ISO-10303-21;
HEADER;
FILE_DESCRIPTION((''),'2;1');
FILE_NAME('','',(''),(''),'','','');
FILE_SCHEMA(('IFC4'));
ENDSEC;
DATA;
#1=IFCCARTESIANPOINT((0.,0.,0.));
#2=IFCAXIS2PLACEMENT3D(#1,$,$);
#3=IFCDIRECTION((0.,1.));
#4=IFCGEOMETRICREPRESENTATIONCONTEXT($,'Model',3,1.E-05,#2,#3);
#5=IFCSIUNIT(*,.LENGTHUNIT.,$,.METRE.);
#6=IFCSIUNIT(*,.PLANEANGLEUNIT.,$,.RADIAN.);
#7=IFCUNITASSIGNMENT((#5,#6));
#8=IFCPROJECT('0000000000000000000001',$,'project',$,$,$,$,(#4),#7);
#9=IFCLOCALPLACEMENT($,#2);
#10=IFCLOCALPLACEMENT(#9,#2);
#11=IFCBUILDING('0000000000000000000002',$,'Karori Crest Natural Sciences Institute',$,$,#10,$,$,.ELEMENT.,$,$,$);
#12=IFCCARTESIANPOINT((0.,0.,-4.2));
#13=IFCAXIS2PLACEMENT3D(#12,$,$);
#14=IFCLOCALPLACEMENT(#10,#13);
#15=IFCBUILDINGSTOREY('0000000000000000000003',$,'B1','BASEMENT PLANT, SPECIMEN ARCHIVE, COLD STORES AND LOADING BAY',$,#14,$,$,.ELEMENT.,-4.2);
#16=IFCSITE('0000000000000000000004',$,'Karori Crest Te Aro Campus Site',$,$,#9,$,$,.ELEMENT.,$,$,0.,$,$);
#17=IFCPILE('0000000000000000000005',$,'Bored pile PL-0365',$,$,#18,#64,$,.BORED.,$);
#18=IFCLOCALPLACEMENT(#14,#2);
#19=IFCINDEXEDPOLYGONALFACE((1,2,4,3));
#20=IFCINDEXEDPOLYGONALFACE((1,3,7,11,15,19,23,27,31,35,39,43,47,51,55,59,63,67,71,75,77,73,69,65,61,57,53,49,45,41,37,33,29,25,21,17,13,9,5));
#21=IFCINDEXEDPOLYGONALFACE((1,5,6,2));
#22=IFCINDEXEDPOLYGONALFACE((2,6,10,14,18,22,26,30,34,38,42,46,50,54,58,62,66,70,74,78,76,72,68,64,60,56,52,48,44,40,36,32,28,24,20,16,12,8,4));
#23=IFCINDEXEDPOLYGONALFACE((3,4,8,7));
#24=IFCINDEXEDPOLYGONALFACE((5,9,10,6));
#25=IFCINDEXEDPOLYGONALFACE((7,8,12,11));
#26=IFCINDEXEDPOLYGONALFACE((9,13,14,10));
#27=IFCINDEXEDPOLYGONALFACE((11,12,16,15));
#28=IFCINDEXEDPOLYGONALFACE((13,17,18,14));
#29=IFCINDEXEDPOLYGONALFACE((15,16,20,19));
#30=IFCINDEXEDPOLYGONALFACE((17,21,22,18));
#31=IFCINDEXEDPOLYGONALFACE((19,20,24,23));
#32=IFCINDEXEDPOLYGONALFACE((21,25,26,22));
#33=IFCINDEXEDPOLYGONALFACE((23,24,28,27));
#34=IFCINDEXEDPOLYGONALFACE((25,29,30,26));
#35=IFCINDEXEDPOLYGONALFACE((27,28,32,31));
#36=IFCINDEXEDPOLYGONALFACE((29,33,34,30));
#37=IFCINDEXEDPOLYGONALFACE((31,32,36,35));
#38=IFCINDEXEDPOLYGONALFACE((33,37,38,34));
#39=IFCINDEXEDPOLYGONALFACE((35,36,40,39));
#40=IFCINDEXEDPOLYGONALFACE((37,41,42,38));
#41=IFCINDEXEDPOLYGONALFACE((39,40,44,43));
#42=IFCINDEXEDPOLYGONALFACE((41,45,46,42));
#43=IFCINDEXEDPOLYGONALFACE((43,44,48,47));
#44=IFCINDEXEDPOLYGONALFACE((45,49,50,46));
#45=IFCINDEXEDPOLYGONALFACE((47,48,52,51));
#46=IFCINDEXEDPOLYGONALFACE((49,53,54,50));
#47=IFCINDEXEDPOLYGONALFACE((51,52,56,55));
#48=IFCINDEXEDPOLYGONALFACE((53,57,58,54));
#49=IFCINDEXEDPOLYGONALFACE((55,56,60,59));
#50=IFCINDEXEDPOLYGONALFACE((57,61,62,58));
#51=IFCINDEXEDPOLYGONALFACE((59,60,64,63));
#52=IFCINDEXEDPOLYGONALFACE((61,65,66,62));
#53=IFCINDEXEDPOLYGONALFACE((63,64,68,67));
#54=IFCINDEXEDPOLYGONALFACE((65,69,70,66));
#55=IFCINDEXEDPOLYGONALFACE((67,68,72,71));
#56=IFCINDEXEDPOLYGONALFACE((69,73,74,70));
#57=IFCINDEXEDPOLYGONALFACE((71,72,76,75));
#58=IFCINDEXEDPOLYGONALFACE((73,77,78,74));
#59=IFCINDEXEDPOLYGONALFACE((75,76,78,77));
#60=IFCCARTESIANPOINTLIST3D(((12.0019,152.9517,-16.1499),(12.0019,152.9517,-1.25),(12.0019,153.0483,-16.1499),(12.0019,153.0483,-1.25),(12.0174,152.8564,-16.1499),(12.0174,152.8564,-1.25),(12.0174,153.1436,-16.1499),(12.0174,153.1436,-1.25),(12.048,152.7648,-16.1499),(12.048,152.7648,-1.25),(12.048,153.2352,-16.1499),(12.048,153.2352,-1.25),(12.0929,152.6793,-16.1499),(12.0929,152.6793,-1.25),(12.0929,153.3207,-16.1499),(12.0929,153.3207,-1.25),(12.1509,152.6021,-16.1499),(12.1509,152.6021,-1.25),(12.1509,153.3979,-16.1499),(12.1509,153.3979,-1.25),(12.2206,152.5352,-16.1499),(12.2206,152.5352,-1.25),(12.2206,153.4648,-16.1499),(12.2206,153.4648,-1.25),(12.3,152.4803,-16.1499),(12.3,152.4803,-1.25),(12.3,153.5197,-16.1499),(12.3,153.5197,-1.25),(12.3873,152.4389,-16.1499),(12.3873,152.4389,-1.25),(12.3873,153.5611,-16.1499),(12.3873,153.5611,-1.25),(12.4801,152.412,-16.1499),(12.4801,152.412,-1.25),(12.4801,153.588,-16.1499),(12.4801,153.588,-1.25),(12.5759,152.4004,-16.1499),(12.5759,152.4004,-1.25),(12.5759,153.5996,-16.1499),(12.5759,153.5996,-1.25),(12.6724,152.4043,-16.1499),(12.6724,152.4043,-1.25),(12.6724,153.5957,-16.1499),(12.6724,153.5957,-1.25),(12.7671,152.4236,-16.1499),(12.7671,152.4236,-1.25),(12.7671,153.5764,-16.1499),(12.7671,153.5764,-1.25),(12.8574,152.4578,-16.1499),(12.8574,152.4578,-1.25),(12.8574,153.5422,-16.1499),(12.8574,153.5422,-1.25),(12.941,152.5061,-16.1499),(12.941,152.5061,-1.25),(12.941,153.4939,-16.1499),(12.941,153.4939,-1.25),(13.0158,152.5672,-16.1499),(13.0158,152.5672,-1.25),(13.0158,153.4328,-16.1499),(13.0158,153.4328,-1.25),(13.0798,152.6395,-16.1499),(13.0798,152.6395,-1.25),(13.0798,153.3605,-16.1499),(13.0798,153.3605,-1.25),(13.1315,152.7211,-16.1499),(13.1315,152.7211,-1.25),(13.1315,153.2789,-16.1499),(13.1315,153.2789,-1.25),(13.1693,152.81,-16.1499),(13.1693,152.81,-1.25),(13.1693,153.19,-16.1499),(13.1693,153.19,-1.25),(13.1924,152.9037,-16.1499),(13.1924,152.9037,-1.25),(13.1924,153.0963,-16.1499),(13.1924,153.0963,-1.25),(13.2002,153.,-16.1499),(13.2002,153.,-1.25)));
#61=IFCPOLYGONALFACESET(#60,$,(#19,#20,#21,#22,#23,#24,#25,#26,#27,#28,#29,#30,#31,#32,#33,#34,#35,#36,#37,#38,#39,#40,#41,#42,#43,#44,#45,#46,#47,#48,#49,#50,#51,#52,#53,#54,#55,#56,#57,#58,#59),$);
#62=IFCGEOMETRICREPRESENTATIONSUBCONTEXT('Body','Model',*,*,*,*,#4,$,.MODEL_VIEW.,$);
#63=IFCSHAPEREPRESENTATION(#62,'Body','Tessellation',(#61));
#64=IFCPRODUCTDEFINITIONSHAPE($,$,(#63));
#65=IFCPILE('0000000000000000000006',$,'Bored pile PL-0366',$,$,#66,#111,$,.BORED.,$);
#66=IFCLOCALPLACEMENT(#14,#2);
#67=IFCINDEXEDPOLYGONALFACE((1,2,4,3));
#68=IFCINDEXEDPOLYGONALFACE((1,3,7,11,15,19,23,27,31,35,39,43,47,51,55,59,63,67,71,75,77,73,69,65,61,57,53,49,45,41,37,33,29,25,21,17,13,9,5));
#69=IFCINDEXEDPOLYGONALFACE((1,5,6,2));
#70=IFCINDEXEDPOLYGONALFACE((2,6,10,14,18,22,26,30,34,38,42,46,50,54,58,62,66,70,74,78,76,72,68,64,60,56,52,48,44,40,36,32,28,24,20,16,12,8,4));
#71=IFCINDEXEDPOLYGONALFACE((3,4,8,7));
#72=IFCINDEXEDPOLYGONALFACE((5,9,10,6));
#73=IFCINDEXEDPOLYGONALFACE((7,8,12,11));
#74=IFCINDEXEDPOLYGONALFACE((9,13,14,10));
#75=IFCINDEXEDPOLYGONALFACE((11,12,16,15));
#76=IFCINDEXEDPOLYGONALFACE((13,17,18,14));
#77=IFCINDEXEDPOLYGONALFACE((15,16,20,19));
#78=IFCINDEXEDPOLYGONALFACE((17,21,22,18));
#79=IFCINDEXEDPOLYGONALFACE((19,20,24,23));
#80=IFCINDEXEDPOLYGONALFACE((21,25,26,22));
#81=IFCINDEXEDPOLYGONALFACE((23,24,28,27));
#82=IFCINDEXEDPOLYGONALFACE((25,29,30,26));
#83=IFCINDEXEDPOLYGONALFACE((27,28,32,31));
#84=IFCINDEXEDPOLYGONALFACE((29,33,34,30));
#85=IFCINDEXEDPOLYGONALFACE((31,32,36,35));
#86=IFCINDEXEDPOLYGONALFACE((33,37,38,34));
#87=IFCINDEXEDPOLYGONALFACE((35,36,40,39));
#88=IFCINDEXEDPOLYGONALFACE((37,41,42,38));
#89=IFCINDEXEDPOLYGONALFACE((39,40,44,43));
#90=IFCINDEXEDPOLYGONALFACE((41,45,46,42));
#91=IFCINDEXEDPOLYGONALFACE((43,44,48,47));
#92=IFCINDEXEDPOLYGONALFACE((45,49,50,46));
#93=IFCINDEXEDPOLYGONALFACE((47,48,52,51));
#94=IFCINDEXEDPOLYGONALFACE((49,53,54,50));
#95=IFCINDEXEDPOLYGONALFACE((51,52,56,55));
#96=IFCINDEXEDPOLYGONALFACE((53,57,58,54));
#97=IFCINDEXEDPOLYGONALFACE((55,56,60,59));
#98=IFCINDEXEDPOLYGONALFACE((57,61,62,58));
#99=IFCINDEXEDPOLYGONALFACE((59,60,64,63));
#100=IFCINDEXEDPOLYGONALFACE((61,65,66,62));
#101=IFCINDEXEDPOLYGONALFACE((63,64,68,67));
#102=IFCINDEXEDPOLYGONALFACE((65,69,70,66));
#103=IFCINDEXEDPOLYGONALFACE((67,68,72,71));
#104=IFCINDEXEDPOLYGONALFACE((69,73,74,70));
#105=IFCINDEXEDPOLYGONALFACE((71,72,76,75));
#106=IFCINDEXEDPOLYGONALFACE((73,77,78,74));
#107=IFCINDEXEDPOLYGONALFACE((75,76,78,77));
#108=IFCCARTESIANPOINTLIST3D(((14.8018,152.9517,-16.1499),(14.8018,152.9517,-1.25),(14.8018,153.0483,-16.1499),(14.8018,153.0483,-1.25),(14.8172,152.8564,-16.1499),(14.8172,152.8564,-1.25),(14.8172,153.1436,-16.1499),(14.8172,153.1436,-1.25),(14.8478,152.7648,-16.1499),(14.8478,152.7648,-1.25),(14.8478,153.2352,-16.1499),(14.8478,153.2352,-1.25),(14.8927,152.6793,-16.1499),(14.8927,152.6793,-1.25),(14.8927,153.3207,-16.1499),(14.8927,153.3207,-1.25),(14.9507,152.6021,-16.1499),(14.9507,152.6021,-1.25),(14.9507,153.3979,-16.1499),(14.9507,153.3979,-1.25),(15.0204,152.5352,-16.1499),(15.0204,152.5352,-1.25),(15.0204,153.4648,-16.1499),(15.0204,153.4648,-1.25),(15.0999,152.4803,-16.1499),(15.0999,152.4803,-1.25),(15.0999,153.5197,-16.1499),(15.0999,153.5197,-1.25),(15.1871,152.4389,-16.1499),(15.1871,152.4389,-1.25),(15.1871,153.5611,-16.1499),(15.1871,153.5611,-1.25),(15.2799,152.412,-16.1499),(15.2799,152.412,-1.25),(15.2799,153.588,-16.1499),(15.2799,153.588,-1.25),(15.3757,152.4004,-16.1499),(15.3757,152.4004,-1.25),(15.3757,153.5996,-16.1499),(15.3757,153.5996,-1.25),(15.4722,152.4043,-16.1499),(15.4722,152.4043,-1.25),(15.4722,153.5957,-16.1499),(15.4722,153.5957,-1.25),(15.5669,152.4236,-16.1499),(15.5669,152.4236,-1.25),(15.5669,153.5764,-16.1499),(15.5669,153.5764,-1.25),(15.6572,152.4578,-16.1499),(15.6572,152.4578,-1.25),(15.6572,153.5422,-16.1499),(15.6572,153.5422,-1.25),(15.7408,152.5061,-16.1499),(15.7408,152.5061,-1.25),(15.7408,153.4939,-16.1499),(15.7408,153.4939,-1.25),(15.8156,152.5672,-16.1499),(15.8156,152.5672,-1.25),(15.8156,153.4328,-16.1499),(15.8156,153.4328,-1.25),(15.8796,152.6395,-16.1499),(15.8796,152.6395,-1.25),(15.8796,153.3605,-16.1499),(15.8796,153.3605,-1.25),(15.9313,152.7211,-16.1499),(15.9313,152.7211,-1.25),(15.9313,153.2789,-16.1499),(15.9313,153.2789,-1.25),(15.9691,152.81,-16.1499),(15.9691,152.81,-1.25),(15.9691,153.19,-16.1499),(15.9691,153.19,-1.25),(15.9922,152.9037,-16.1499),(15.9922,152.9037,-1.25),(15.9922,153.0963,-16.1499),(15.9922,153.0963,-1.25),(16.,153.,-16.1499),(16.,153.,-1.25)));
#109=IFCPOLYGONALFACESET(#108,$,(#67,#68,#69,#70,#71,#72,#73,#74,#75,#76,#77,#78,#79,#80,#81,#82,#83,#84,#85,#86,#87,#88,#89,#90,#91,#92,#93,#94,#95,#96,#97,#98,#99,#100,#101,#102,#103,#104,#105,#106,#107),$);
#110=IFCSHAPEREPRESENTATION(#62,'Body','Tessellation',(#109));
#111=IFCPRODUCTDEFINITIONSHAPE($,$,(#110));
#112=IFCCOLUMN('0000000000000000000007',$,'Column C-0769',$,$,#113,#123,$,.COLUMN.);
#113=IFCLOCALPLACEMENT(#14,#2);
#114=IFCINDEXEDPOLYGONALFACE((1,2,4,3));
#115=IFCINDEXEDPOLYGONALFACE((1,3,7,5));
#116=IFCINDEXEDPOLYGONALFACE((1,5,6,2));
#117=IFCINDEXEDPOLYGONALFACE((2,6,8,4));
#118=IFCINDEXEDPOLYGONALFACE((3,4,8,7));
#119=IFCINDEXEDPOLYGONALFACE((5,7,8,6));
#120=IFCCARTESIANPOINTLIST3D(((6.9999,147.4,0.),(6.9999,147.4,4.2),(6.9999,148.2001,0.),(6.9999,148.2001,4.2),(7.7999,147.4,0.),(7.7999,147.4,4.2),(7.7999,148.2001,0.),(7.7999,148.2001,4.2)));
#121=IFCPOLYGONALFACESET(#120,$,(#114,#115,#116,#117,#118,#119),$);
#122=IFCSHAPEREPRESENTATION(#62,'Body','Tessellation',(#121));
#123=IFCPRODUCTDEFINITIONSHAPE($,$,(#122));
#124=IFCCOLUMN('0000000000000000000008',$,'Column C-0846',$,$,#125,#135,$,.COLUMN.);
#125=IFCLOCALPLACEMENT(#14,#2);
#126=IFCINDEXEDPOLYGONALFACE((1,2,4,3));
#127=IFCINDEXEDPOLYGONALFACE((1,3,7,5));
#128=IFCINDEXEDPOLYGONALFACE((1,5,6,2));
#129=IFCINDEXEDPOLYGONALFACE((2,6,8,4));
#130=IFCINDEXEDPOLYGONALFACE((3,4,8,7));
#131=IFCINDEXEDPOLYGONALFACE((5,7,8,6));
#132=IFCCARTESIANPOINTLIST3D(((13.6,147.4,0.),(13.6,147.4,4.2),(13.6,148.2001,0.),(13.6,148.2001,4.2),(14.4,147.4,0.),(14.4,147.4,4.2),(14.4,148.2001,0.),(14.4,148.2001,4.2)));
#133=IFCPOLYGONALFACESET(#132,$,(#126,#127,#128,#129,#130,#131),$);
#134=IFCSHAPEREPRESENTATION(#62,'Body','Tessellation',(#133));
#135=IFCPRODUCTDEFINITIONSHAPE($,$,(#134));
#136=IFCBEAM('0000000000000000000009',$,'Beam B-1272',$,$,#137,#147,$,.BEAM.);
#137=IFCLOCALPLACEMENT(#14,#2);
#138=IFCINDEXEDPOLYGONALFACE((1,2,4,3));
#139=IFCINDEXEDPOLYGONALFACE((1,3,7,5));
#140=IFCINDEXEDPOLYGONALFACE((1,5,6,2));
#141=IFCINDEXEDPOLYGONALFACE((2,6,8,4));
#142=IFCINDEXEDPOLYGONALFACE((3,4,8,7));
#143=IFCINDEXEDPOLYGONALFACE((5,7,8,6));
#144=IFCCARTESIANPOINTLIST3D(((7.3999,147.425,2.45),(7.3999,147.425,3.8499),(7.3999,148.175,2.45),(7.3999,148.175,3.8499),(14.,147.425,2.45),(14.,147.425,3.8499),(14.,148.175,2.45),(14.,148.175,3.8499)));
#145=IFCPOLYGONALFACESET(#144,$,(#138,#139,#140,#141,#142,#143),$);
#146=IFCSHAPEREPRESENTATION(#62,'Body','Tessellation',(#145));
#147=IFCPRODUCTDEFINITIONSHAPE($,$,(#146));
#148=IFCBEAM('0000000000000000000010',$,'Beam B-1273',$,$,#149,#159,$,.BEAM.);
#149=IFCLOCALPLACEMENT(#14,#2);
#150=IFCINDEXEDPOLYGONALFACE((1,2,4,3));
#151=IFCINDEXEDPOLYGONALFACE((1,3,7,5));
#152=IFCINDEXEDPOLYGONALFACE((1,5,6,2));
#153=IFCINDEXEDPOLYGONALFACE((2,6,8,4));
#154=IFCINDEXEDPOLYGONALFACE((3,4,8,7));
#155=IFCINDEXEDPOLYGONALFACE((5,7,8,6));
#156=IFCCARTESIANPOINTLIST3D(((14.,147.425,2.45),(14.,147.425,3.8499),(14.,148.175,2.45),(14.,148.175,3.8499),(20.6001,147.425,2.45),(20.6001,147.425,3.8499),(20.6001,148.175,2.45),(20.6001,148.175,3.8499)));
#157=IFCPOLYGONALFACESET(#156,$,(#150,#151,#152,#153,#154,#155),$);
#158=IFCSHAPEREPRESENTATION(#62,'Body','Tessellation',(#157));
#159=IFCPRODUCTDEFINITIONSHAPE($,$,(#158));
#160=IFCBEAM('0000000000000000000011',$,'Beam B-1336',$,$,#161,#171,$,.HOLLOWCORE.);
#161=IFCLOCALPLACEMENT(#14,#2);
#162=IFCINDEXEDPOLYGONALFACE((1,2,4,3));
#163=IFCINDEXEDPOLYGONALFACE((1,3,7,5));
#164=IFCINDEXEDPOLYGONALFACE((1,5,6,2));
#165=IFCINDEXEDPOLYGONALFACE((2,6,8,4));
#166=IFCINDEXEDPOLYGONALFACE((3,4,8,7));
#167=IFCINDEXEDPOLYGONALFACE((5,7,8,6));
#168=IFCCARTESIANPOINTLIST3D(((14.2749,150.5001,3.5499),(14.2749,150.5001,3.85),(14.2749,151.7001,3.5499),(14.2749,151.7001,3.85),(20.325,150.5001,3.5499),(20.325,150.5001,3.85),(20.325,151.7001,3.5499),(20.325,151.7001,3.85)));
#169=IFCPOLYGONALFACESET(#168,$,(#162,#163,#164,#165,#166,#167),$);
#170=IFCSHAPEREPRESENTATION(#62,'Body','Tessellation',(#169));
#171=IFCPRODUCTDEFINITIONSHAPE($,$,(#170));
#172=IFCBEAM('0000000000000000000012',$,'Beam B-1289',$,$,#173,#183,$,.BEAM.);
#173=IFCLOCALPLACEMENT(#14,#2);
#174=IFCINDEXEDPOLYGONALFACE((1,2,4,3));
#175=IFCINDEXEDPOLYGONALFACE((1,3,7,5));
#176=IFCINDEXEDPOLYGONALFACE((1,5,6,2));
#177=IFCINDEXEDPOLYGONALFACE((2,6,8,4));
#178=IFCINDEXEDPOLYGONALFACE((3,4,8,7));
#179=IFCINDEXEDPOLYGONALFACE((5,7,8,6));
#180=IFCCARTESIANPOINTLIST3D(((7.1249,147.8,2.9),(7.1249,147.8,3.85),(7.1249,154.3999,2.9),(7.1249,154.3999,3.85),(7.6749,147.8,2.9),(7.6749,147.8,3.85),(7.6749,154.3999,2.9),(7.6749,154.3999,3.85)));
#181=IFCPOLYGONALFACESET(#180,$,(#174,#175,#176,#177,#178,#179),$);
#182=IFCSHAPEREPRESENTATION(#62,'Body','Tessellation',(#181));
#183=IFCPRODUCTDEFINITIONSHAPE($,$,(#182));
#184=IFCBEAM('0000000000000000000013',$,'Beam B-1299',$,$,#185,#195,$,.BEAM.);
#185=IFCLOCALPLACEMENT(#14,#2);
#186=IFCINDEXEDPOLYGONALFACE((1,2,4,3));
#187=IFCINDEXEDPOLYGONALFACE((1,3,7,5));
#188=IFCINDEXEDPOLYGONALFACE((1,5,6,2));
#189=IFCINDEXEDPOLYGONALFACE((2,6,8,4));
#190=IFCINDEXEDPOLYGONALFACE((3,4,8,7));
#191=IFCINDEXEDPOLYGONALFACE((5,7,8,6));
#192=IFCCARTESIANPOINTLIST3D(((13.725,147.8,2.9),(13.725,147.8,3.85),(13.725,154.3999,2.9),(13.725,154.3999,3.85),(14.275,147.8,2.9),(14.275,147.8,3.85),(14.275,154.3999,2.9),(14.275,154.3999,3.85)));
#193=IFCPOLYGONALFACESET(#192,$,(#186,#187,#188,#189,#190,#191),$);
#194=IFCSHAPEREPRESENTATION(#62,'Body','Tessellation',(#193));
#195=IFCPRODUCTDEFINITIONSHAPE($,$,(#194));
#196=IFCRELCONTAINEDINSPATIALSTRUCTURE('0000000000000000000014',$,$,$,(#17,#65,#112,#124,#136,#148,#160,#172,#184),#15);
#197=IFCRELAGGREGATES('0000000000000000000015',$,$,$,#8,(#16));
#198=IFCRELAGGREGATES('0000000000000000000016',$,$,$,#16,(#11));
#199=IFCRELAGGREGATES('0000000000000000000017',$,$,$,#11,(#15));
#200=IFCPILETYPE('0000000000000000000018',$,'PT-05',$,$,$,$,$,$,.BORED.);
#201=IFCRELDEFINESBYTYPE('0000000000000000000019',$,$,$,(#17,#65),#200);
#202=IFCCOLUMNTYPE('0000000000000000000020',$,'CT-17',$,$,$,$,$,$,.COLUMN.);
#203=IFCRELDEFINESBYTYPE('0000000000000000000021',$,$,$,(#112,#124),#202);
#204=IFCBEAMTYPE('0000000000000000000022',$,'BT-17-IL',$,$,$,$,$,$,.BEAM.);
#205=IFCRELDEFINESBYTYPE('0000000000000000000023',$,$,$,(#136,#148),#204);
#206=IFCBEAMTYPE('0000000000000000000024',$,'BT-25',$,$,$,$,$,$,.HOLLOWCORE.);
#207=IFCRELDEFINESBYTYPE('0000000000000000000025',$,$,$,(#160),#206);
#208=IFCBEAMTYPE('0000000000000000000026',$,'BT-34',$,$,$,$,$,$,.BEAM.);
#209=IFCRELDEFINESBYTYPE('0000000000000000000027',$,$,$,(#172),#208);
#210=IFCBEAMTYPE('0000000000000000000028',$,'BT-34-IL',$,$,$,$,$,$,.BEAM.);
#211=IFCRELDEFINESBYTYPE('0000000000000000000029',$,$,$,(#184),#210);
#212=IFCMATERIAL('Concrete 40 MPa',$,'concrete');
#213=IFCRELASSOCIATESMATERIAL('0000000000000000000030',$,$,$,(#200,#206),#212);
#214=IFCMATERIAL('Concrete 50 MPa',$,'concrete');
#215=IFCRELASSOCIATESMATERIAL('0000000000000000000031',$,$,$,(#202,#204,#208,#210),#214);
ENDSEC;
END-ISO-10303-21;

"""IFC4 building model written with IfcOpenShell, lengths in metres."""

from ifc_helpers import new_model, si_unit, direction, frame, origin, origin_2d, place, context, subcontext, project, spatial, rectangle, circle, extrude, material, material_profile, profile_set, type_object, element, save


model = new_model("IFC4")

# Units and contexts
model_context = context("Model", 3, precision=1e-05, world=origin(), true_north=direction((0.0, 1.0)))
body_context = subcontext(model_context, "Body", "Model", "MODEL_VIEW")
ifc_project = project(units=[si_unit("LENGTHUNIT", "METRE"), si_unit("PLANEANGLEUNIT", "RADIAN")], contexts=[model_context])

# Site, building, storey
site_placement = place(None, origin())
site = spatial("IfcSite", under=ifc_project, at=site_placement, Name="Karori Crest Te Aro Campus Site", CompositionType="ELEMENT", RefElevation=0.0)
building_placement = place(site_placement, origin())
building = spatial("IfcBuilding", under=site, at=building_placement, Name="Karori Crest Natural Sciences Institute", CompositionType="ELEMENT")
storey_placement = place(building_placement, frame((0.0, 0.0, -4.2)))
storey = spatial("IfcBuildingStorey", under=building, at=storey_placement, Name="B1", Description="BASEMENT PLANT, SPECIMEN ARCHIVE, COLD STORES AND LOADING BAY", CompositionType="ELEMENT", Elevation=-4.2)

# Shared definitions
ifc_material_1 = material(Name="Concrete 40 MPa", Category="concrete")

# Piles
ifc_material_profile_1 = material_profile(ifc_material_1, circle(Radius=0.6001, at=origin_2d()), Name="PILE1200")
ifc_profile_set_1 = profile_set([ifc_material_profile_1], Name="Concrete 40 MPa")
pile_type = type_object("IfcPileType", Name="PT-05", PredefinedType="BORED", material=ifc_profile_set_1)
for number, where, z_axis, x_axis, name in (
    (1, (12.6001, 153.0, -1.25), (0.0, 0.0, -1.0), (1.0, 0.0, 0.0), "Bored pile PL-0365"),
    (2, (15.3999, 153.0, -1.25), (0.0, 0.0, -1.0), (1.0, 0.0, 0.0), "Bored pile PL-0366"),
):
    element("IfcPile", number, at=place(storey_placement, frame(where, z_axis=z_axis, x_axis=x_axis)), inside=storey, type_object=pile_type, Name=name, PredefinedType="BORED", context=body_context, shape_type="SweptSolid", body=[
        extrude(circle(Radius=0.6001, at=origin_2d()), origin(), (0.0, 0.0, 1.0), 14.8999),
    ])

# Columns
ifc_material_2 = material(Name="Concrete 50 MPa", Category="concrete")
ifc_material_profile_2 = material_profile(ifc_material_2, rectangle(XDim=0.8, YDim=0.8, at=origin_2d()), Name="RC800x800")
ifc_profile_set_2 = profile_set([ifc_material_profile_2], Name="Concrete 50 MPa")
column_type = type_object("IfcColumnType", Name="CT-17", PredefinedType="COLUMN", material=ifc_profile_set_2)
for number, where, z_axis, x_axis, name in (
    (3, (7.3999, 147.8, 0.0), (0.0, 0.0, 1.0), (1.0, 0.0, 0.0), "Column C-0769"),
    (4, (14.0, 147.8, 0.0), (0.0, 0.0, 1.0), (1.0, 0.0, 0.0), "Column C-0846"),
):
    element("IfcColumn", number, at=place(storey_placement, frame(where, z_axis=z_axis, x_axis=x_axis)), inside=storey, type_object=column_type, Name=name, PredefinedType="COLUMN", context=body_context, shape_type="SweptSolid", body=[
        extrude(rectangle(XDim=0.8, YDim=0.8, at=origin_2d()), origin(), (0.0, 0.0, 1.0), 4.2),
    ])

# Beams
ifc_material_profile_3 = material_profile(ifc_material_2, rectangle(XDim=0.75, YDim=1.3999, at=origin_2d()), Name="RCB750x1400")
ifc_profile_set_3 = profile_set([ifc_material_profile_3], Name="Concrete 50 MPa")
beam_type_1 = type_object("IfcBeamType", Name="BT-17-IL", PredefinedType="BEAM", material=ifc_profile_set_3)
for number, where, z_axis, x_axis, name in (
    (5, (7.3999, 147.8, 3.1499), (1.0, 0.0, 0.0), (0.0, 1.0, 0.0), "Beam B-1272"),
    (6, (14.0, 147.8, 3.1499), (1.0, 0.0, 0.0), (0.0, 1.0, 0.0), "Beam B-1273"),
):
    element("IfcBeam", number, at=place(storey_placement, frame(where, z_axis=z_axis, x_axis=x_axis)), inside=storey, type_object=beam_type_1, Name=name, PredefinedType="BEAM", context=body_context, shape_type="SweptSolid", body=[
        extrude(rectangle(XDim=0.75, YDim=1.3999, at=origin_2d()), origin(), (0.0, 0.0, 1.0), 6.6001),
    ])
ifc_material_profile_4 = material_profile(ifc_material_1, rectangle(XDim=1.2, YDim=0.3, at=origin_2d()), Name="HCP1200x300")
ifc_profile_set_4 = profile_set([ifc_material_profile_4], Name="Concrete 40 MPa")
beam_type_2 = type_object("IfcBeamType", Name="BT-25", PredefinedType="HOLLOWCORE", material=ifc_profile_set_4)
beam_1_placement = place(storey_placement, frame((14.2749, 151.1001, 3.7), z_axis=(1.0, 0.0, 0.0), x_axis=(0.0, 1.0, 0.0)))
element("IfcBeam", 7, at=beam_1_placement, inside=storey, type_object=beam_type_2, Name="Beam B-1336", PredefinedType="HOLLOWCORE", context=body_context, shape_type="SweptSolid", body=[
    extrude(rectangle(XDim=1.2, YDim=0.3, at=origin_2d()), origin(), (0.0, 0.0, 1.0), 6.05),
])
ifc_material_profile_5 = material_profile(ifc_material_2, rectangle(XDim=0.55, YDim=0.95, at=origin_2d()), Name="RCB550x950")
ifc_profile_set_5 = profile_set([ifc_material_profile_5], Name="Concrete 50 MPa")
beam_type_3 = type_object("IfcBeamType", Name="BT-34", PredefinedType="BEAM", material=ifc_profile_set_5)
beam_2_placement = place(storey_placement, frame((7.3999, 147.8, 3.375), z_axis=(0.0, 1.0, 0.0), x_axis=(-1.0, 0.0, 0.0)))
element("IfcBeam", 8, at=beam_2_placement, inside=storey, type_object=beam_type_3, Name="Beam B-1289", PredefinedType="BEAM", context=body_context, shape_type="SweptSolid", body=[
    extrude(rectangle(XDim=0.55, YDim=0.95, at=origin_2d()), origin(), (0.0, 0.0, 1.0), 6.5999),
])
ifc_material_profile_6 = material_profile(ifc_material_2, rectangle(XDim=0.55, YDim=0.95, at=origin_2d()), Name="RCB550x950")
ifc_profile_set_6 = profile_set([ifc_material_profile_6], Name="Concrete 50 MPa")
beam_type_4 = type_object("IfcBeamType", Name="BT-34-IL", PredefinedType="BEAM", material=ifc_profile_set_6)
beam_3_placement = place(storey_placement, frame((14.0, 147.8, 3.375), z_axis=(0.0, 1.0, 0.0), x_axis=(-1.0, 0.0, 0.0)))
element("IfcBeam", 9, at=beam_3_placement, inside=storey, type_object=beam_type_4, Name="Beam B-1299", PredefinedType="BEAM", context=body_context, shape_type="SweptSolid", body=[
    extrude(rectangle(XDim=0.55, YDim=0.95, at=origin_2d()), origin(), (0.0, 0.0, 1.0), 6.5999),
])

save(model, "model.ifc")
